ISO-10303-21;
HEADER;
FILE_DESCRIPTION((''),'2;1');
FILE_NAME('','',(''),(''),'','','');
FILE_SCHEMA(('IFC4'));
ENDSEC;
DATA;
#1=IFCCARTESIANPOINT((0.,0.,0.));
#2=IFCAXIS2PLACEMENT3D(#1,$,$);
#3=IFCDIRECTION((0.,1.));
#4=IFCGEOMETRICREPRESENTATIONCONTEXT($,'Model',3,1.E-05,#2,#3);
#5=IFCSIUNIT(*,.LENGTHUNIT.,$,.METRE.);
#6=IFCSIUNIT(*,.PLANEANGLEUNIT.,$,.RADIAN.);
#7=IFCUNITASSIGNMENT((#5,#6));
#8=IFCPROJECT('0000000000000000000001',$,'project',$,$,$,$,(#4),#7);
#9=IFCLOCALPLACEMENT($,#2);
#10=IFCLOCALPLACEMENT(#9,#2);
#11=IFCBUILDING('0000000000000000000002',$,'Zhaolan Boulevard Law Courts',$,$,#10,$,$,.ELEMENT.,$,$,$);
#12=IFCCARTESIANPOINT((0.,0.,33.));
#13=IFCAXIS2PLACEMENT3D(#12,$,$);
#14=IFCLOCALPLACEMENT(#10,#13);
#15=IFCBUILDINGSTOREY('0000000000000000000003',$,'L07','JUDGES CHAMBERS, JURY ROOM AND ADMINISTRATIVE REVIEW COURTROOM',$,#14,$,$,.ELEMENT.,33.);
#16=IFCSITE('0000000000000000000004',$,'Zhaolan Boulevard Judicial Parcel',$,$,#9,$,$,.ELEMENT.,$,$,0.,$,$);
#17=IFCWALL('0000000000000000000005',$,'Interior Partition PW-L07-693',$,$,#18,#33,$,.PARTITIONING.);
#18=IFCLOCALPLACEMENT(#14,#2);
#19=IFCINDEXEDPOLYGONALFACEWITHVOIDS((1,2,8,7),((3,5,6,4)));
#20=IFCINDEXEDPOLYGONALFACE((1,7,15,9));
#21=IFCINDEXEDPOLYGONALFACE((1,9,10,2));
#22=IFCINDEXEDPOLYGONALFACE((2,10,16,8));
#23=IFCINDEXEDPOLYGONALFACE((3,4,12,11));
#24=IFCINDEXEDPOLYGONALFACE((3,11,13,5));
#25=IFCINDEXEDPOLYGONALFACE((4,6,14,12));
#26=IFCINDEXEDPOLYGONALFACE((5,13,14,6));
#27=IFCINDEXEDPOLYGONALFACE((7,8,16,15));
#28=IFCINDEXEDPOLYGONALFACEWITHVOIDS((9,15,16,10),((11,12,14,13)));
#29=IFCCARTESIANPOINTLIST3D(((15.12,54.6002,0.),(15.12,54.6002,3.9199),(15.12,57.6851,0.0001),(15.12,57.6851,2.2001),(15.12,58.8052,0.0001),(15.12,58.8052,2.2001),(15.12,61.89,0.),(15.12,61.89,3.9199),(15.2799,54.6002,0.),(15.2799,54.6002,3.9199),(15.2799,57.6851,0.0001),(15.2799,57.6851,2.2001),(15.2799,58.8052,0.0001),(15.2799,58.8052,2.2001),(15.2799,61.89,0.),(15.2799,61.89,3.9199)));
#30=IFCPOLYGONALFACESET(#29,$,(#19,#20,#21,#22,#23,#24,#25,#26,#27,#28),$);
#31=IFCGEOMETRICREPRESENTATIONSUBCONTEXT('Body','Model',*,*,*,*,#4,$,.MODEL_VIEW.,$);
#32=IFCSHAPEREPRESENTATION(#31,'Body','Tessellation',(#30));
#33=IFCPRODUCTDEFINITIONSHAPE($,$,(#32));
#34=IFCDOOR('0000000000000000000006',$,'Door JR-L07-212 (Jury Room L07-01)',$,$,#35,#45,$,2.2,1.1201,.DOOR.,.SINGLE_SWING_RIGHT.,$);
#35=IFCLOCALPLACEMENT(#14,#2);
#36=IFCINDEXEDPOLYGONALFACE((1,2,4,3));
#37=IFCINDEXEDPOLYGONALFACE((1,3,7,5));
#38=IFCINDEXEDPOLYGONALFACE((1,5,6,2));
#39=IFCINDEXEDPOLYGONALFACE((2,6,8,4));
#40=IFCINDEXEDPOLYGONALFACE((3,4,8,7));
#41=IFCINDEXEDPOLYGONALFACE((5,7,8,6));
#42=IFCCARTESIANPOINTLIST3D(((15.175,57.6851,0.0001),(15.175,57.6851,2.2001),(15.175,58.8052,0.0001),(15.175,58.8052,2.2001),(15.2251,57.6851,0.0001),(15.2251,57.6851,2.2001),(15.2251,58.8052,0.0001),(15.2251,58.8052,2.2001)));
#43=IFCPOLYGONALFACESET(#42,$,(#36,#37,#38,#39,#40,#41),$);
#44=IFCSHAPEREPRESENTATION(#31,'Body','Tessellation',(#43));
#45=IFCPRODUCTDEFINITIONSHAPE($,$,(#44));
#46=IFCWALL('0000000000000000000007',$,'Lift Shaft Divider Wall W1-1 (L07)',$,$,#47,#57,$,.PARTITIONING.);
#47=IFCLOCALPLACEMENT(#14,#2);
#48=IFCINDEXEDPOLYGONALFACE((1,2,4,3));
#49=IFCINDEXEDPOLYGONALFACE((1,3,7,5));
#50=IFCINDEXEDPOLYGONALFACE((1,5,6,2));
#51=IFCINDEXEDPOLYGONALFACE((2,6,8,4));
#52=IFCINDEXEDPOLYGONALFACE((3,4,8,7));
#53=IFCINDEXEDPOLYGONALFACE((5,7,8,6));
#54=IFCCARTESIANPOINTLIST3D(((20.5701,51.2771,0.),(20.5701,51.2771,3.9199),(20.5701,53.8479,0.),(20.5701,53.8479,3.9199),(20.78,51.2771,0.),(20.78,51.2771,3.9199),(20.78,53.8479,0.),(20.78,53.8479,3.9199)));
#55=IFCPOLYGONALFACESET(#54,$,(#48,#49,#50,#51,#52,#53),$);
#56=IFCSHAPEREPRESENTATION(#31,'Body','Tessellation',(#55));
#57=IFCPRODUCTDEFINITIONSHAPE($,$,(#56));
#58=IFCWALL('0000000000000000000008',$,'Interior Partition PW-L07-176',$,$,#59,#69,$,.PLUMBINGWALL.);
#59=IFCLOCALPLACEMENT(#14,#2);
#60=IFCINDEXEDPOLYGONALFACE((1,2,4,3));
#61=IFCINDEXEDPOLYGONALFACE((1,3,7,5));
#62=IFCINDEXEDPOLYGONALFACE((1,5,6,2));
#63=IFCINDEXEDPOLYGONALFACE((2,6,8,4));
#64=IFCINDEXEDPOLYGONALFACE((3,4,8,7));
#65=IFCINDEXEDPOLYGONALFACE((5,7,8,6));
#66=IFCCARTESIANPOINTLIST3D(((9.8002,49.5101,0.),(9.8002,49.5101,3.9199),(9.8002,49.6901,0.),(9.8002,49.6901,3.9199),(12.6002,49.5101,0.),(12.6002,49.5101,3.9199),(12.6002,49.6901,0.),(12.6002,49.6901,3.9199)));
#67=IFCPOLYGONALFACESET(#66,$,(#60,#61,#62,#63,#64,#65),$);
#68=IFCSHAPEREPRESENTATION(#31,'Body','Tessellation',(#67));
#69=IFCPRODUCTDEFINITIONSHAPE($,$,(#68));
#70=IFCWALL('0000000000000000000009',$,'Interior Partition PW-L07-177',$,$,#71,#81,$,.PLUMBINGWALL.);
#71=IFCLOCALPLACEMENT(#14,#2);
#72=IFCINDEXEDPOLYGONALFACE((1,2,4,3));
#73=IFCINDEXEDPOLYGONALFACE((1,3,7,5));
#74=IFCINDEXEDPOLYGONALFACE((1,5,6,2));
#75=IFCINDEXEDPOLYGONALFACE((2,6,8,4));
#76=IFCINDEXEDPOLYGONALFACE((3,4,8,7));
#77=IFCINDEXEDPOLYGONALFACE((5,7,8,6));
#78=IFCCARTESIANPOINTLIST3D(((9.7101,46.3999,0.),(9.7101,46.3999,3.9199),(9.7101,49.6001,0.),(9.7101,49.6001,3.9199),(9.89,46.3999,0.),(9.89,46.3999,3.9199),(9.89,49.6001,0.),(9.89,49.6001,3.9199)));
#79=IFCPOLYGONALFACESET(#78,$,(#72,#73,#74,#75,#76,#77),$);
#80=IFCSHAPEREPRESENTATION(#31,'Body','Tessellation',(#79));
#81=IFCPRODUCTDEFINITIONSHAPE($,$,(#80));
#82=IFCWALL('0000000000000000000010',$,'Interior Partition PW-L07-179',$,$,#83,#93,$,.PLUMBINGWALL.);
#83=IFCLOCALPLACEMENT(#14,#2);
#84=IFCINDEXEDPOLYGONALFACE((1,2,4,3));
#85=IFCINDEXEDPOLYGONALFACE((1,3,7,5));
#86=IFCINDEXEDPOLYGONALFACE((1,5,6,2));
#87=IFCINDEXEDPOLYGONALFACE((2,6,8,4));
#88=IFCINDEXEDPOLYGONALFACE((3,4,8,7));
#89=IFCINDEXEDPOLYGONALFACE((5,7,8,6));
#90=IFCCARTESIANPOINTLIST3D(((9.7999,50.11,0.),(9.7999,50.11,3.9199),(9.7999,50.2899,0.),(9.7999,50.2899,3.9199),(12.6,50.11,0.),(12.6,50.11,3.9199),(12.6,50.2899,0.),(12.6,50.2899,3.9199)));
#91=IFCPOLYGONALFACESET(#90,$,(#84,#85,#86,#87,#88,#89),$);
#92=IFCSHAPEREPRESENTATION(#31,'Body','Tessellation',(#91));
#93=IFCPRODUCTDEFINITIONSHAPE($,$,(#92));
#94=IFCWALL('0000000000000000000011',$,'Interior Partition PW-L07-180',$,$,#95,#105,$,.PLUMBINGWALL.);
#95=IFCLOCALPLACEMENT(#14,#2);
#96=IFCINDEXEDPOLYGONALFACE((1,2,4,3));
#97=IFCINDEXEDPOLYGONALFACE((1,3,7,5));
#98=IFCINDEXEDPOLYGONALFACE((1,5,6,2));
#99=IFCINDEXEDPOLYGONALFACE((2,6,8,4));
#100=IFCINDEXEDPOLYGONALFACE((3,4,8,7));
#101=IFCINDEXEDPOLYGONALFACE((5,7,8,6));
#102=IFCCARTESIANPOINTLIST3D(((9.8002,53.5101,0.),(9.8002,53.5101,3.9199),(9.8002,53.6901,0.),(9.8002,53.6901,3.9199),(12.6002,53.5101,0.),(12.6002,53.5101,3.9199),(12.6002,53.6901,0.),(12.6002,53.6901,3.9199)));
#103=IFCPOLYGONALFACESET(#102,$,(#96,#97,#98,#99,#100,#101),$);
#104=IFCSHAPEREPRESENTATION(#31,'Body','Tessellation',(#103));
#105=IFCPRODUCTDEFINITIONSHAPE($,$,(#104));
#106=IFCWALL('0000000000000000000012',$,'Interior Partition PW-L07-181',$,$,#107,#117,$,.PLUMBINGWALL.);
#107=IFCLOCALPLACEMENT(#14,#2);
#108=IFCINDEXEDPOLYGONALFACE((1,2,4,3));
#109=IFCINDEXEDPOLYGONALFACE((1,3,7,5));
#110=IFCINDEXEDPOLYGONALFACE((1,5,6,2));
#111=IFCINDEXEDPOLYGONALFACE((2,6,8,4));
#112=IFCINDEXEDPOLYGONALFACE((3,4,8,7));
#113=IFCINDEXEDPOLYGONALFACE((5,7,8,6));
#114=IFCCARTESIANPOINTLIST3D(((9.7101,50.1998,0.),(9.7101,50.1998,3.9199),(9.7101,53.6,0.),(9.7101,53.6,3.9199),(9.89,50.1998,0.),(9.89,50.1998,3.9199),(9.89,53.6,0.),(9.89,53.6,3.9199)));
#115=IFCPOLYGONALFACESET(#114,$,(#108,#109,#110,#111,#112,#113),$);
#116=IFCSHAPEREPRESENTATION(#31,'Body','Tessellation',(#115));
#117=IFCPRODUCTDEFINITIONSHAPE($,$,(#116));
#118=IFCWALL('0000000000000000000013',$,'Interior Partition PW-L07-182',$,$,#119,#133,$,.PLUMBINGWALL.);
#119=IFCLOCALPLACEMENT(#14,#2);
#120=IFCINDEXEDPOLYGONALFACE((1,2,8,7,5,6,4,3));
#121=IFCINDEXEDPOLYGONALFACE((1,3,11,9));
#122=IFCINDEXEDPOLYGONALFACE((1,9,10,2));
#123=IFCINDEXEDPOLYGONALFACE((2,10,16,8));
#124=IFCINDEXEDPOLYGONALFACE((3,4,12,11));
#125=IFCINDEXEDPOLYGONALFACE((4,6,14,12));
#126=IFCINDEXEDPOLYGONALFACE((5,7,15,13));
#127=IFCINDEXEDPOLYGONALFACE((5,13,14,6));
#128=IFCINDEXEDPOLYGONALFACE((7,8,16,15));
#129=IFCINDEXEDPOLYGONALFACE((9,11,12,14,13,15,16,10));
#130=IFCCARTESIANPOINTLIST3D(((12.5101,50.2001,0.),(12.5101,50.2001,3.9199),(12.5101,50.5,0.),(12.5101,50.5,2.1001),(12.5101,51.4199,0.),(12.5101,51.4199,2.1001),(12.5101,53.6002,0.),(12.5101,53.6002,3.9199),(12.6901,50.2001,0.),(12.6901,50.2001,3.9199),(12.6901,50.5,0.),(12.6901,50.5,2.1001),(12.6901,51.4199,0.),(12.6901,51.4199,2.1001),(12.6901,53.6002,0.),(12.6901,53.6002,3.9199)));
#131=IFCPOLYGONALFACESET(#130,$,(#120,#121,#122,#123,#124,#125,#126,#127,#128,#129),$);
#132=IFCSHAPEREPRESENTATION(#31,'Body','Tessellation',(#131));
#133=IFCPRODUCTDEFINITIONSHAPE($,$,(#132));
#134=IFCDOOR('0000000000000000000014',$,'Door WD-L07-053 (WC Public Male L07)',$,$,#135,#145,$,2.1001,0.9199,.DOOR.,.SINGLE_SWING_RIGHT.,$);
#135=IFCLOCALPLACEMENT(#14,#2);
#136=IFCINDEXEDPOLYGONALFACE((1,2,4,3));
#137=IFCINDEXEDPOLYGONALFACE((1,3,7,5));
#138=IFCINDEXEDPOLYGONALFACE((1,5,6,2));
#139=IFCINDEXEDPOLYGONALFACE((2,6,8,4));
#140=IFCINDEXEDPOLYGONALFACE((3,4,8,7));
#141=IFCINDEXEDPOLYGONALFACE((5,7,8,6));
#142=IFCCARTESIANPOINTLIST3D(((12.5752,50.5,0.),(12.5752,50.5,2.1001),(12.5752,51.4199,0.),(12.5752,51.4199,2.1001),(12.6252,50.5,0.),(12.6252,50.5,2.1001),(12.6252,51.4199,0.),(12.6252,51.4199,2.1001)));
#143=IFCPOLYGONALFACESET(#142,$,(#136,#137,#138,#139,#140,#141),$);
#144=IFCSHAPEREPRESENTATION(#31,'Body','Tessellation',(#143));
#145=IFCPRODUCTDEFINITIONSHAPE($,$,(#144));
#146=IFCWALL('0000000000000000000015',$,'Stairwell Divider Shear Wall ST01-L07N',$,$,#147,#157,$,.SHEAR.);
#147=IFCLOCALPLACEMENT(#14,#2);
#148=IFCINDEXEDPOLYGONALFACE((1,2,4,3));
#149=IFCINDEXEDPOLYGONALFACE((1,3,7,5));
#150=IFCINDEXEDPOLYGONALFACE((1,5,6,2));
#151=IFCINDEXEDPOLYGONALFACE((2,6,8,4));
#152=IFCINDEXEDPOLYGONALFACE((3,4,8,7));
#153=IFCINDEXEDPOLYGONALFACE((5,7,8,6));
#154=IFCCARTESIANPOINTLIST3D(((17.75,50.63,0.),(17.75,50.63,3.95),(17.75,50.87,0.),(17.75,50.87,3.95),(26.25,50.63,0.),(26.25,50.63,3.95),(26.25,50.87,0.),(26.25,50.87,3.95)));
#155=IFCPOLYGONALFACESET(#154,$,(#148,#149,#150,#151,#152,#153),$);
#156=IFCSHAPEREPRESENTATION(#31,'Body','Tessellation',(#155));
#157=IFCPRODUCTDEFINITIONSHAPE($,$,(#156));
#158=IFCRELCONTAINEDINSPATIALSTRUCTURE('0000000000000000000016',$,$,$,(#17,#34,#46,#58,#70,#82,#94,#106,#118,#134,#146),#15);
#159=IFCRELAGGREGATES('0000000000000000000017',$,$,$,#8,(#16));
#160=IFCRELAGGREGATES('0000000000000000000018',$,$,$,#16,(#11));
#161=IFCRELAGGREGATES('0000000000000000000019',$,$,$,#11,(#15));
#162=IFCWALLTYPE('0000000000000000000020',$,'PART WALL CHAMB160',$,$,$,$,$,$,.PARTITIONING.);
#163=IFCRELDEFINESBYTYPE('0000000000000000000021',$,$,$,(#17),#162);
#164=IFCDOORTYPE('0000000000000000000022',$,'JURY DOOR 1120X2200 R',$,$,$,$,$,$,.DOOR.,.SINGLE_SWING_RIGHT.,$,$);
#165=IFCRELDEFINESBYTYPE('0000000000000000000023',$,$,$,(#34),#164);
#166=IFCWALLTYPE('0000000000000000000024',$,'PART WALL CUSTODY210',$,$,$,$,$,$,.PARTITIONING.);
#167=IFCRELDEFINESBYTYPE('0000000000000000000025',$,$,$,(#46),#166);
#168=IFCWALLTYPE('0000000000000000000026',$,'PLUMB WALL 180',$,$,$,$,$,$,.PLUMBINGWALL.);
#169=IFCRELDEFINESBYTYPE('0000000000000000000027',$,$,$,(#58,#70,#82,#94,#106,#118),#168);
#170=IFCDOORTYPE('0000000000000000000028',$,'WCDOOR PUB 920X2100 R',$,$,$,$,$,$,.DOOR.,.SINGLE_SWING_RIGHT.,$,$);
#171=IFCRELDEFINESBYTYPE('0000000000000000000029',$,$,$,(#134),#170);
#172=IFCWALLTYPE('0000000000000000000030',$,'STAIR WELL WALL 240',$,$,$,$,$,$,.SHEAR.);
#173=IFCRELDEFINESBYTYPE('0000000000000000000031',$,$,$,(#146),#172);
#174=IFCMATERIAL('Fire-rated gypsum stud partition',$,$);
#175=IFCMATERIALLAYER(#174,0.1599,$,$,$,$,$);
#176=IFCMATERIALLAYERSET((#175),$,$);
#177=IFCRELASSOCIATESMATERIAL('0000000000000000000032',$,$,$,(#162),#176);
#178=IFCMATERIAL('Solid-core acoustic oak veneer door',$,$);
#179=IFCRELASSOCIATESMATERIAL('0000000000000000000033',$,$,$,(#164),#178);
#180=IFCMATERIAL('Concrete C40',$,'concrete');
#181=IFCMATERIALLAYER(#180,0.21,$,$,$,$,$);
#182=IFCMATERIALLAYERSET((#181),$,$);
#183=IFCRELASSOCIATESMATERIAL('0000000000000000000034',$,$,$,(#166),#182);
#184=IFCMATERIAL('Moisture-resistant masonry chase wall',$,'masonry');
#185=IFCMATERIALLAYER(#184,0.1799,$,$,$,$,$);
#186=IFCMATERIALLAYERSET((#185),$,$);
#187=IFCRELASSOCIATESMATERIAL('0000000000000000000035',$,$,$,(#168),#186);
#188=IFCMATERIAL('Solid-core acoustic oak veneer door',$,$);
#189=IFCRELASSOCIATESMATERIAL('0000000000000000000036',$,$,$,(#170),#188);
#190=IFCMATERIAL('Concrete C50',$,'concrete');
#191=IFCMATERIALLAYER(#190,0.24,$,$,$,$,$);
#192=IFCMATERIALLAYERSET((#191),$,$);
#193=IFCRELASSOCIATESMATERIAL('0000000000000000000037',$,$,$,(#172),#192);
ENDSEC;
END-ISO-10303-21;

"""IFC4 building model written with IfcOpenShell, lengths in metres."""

from ifc_helpers import new_model, si_unit, direction, frame, frame_2d, origin, place, context, subcontext, project, spatial, rectangle, extrude, material, layer, layer_set, type_object, element, fill, save


model = new_model("IFC4")

# Units and contexts
model_context = context("Model", 3, precision=1e-05, world=origin(), true_north=direction((0.0, 1.0)))
body_context = subcontext(model_context, "Body", "Model", "MODEL_VIEW")
ifc_project = project(units=[si_unit("LENGTHUNIT", "METRE"), si_unit("PLANEANGLEUNIT", "RADIAN")], contexts=[model_context])

# Site, building, storey
site_placement = place(None, origin())
site = spatial("IfcSite", under=ifc_project, at=site_placement, Name="Zhaolan Boulevard Judicial Parcel", CompositionType="ELEMENT", RefElevation=0.0)
building_placement = place(site_placement, origin())
building = spatial("IfcBuilding", under=site, at=building_placement, Name="Zhaolan Boulevard Law Courts", CompositionType="ELEMENT")
storey_placement = place(building_placement, frame((0.0, 0.0, 33.0)))
storey = spatial("IfcBuildingStorey", under=building, at=storey_placement, Name="L07", Description="JUDGES CHAMBERS, JURY ROOM AND ADMINISTRATIVE REVIEW COURTROOM", CompositionType="ELEMENT", Elevation=33.0)

# Shared definitions
ifc_material_1 = material(Name="Fire-rated gypsum stud partition")
ifc_layer_1 = layer(ifc_material_1, 0.1599)
ifc_layer_set_1 = layer_set([ifc_layer_1])
wall_type_1 = type_object("IfcWallType", Name="PART WALL CHAMB160", PredefinedType="PARTITIONING", material=ifc_layer_set_1)

# Wall, opening, door
wall_1_placement = place(storey_placement, frame((15.2, 54.6001, 0.0), z_axis=(0.0, 0.0, 1.0), x_axis=(0.0, 1.0, 0.0)))
wall_1 = element("IfcWall", 1, at=wall_1_placement, inside=storey, type_object=wall_type_1, Name="Interior Partition PW-L07-693", PredefinedType="PARTITIONING", context=body_context, shape_type="SweptSolid", body=[
    extrude(rectangle(XDim=7.2898, YDim=0.1599, at=frame_2d((3.645, 0.0))), origin(), (0.0, 0.0, 1.0), 3.9199),
])
opening_1_placement = place(wall_1_placement, frame((3.085, 0.0, 0.0)))
opening_1 = element("IfcOpeningElement", 2, at=opening_1_placement, cuts=wall_1, PredefinedType="OPENING", context=body_context, shape_type="SweptSolid", body=[
    extrude(rectangle(XDim=1.1201, YDim=2.2, at=frame_2d((0.5601, 1.1001))), frame((0.0, 0.0898, 0.0), z_axis=(0.0, -1.0, 0.0), x_axis=(1.0, 0.0, 0.0)), (0.0, 0.0, 1.0), 0.1799),
])
ifc_material_2 = material(Name="Solid-core acoustic oak veneer door")
door_type_1 = type_object("IfcDoorType", Name="JURY DOOR 1120X2200 R", OperationType="SINGLE_SWING_RIGHT", PredefinedType="DOOR", material=ifc_material_2)
door_1_placement = place(opening_1_placement, origin())
door_1 = element("IfcDoor", 3, at=door_1_placement, inside=storey, type_object=door_type_1, Name="Door JR-L07-212 (Jury Room L07-01)", OperationType="SINGLE_SWING_RIGHT", OverallHeight=2.2, OverallWidth=1.1201, PredefinedType="DOOR", context=body_context, shape_type="SweptSolid", body=[
    extrude(rectangle(XDim=1.1201, YDim=2.2, at=frame_2d((0.5601, 1.1001))), frame((0.0, 0.0249, 0.0), z_axis=(0.0, -1.0, 0.0), x_axis=(1.0, 0.0, 0.0)), (0.0, 0.0, 1.0), 0.05),
])
fill(opening_1, door_1)

# Walls
ifc_material_3 = material(Name="Concrete C40", Category="concrete")
ifc_layer_2 = layer(ifc_material_3, 0.21)
ifc_layer_set_2 = layer_set([ifc_layer_2])
wall_type_2 = type_object("IfcWallType", Name="PART WALL CUSTODY210", PredefinedType="PARTITIONING", material=ifc_layer_set_2)
wall_2_placement = place(storey_placement, frame((20.675, 51.2771, 0.0), z_axis=(0.0, 0.0, 1.0), x_axis=(0.0, 1.0, 0.0)))
element("IfcWall", 4, at=wall_2_placement, inside=storey, type_object=wall_type_2, Name="Lift Shaft Divider Wall W1-1 (L07)", PredefinedType="PARTITIONING", context=body_context, shape_type="SweptSolid", body=[
    extrude(rectangle(XDim=2.5708, YDim=0.21, at=frame_2d((1.2854, 0.0))), origin(), (0.0, 0.0, 1.0), 3.9199),
])
ifc_material_4 = material(Name="Moisture-resistant masonry chase wall", Category="masonry")
ifc_layer_3 = layer(ifc_material_4, 0.1799)
ifc_layer_set_3 = layer_set([ifc_layer_3])
wall_type_3 = type_object("IfcWallType", Name="PLUMB WALL 180", PredefinedType="PLUMBINGWALL", material=ifc_layer_set_3)
wall_3_placement = place(storey_placement, frame((12.6001, 49.6001, 0.0), z_axis=(0.0, 0.0, 1.0), x_axis=(-1.0, 0.0, 0.0)))
element("IfcWall", 5, at=wall_3_placement, inside=storey, type_object=wall_type_3, Name="Interior Partition PW-L07-176", PredefinedType="PLUMBINGWALL", context=body_context, shape_type="SweptSolid", body=[
    extrude(rectangle(XDim=2.8, YDim=0.1799, at=frame_2d((1.3999, 0.0))), origin(), (0.0, 0.0, 1.0), 3.9199),
])
wall_4_placement = place(storey_placement, frame((9.8, 49.6001, 0.0), z_axis=(0.0, 0.0, 1.0), x_axis=(0.0, -1.0, 0.0)))
element("IfcWall", 6, at=wall_4_placement, inside=storey, type_object=wall_type_3, Name="Interior Partition PW-L07-177", PredefinedType="PLUMBINGWALL", context=body_context, shape_type="SweptSolid", body=[
    extrude(rectangle(XDim=3.2002, YDim=0.1799, at=frame_2d((1.6001, 0.0))), origin(), (0.0, 0.0, 1.0), 3.9199),
])
for number, where, z_axis, x_axis, name in (
    (7, (9.8, 50.2, 0.0), (0.0, 0.0, 1.0), (1.0, 0.0, 0.0), "Interior Partition PW-L07-179"),
    (8, (12.6001, 53.6001, 0.0), (0.0, 0.0, 1.0), (-1.0, 0.0, 0.0), "Interior Partition PW-L07-180"),
):
    element("IfcWall", number, at=place(storey_placement, frame(where, z_axis=z_axis, x_axis=x_axis)), inside=storey, type_object=wall_type_3, Name=name, PredefinedType="PLUMBINGWALL", context=body_context, shape_type="SweptSolid", body=[
        extrude(rectangle(XDim=2.8, YDim=0.1799, at=frame_2d((1.3999, 0.0))), origin(), (0.0, 0.0, 1.0), 3.9199),
    ])
wall_5_placement = place(storey_placement, frame((9.8, 53.6001, 0.0), z_axis=(0.0, 0.0, 1.0), x_axis=(0.0, -1.0, 0.0)))
element("IfcWall", 9, at=wall_5_placement, inside=storey, type_object=wall_type_3, Name="Interior Partition PW-L07-181", PredefinedType="PLUMBINGWALL", context=body_context, shape_type="SweptSolid", body=[
    extrude(rectangle(XDim=3.4001, YDim=0.1799, at=frame_2d((1.7002, 0.0))), origin(), (0.0, 0.0, 1.0), 3.9199),
])

# Wall, opening, door
wall_6_placement = place(storey_placement, frame((12.6001, 50.2, 0.0), z_axis=(0.0, 0.0, 1.0), x_axis=(0.0, 1.0, 0.0)))
wall_6 = element("IfcWall", 10, at=wall_6_placement, inside=storey, type_object=wall_type_3, Name="Interior Partition PW-L07-182", PredefinedType="PLUMBINGWALL", context=body_context, shape_type="SweptSolid", body=[
    extrude(rectangle(XDim=3.4001, YDim=0.1799, at=frame_2d((1.7002, 0.0))), origin(), (0.0, 0.0, 1.0), 3.9199),
])
opening_2_placement = place(wall_6_placement, frame((0.3, 0.0, 0.0)))
opening_2 = element("IfcOpeningElement", 11, at=opening_2_placement, cuts=wall_6, PredefinedType="OPENING", context=body_context, shape_type="SweptSolid", body=[
    extrude(rectangle(XDim=0.9199, YDim=2.1001, at=frame_2d((0.46, 1.05))), frame((0.0, 0.0999, 0.0), z_axis=(0.0, -1.0, 0.0), x_axis=(1.0, 0.0, 0.0)), (0.0, 0.0, 1.0), 0.2),
])
ifc_material_5 = material(Name="Solid-core acoustic oak veneer door")
door_type_2 = type_object("IfcDoorType", Name="WCDOOR PUB 920X2100 R", OperationType="SINGLE_SWING_RIGHT", PredefinedType="DOOR", material=ifc_material_5)
door_2_placement = place(opening_2_placement, origin())
door_2 = element("IfcDoor", 12, at=door_2_placement, inside=storey, type_object=door_type_2, Name="Door WD-L07-053 (WC Public Male L07)", OperationType="SINGLE_SWING_RIGHT", OverallHeight=2.1001, OverallWidth=0.9199, PredefinedType="DOOR", context=body_context, shape_type="SweptSolid", body=[
    extrude(rectangle(XDim=0.9199, YDim=2.1001, at=frame_2d((0.46, 1.05))), frame((0.0, 0.0249, 0.0), z_axis=(0.0, -1.0, 0.0), x_axis=(1.0, 0.0, 0.0)), (0.0, 0.0, 1.0), 0.05),
])
fill(opening_2, door_2)

# Wall
ifc_material_6 = material(Name="Concrete C50", Category="concrete")
ifc_layer_4 = layer(ifc_material_6, 0.24)
ifc_layer_set_4 = layer_set([ifc_layer_4])
wall_type_4 = type_object("IfcWallType", Name="STAIR WELL WALL 240", PredefinedType="SHEAR", material=ifc_layer_set_4)
wall_7_placement = place(storey_placement, frame((17.75, 50.75, 0.0), z_axis=(0.0, 0.0, 1.0), x_axis=(1.0, 0.0, 0.0)))
element("IfcWall", 13, at=wall_7_placement, inside=storey, type_object=wall_type_4, Name="Stairwell Divider Shear Wall ST01-L07N", PredefinedType="SHEAR", context=body_context, shape_type="SweptSolid", body=[
    extrude(rectangle(XDim=8.5, YDim=0.24, at=frame_2d((4.25, 0.0))), origin(), (0.0, 0.0, 1.0), 3.95),
])

save(model, "model.ifc")
